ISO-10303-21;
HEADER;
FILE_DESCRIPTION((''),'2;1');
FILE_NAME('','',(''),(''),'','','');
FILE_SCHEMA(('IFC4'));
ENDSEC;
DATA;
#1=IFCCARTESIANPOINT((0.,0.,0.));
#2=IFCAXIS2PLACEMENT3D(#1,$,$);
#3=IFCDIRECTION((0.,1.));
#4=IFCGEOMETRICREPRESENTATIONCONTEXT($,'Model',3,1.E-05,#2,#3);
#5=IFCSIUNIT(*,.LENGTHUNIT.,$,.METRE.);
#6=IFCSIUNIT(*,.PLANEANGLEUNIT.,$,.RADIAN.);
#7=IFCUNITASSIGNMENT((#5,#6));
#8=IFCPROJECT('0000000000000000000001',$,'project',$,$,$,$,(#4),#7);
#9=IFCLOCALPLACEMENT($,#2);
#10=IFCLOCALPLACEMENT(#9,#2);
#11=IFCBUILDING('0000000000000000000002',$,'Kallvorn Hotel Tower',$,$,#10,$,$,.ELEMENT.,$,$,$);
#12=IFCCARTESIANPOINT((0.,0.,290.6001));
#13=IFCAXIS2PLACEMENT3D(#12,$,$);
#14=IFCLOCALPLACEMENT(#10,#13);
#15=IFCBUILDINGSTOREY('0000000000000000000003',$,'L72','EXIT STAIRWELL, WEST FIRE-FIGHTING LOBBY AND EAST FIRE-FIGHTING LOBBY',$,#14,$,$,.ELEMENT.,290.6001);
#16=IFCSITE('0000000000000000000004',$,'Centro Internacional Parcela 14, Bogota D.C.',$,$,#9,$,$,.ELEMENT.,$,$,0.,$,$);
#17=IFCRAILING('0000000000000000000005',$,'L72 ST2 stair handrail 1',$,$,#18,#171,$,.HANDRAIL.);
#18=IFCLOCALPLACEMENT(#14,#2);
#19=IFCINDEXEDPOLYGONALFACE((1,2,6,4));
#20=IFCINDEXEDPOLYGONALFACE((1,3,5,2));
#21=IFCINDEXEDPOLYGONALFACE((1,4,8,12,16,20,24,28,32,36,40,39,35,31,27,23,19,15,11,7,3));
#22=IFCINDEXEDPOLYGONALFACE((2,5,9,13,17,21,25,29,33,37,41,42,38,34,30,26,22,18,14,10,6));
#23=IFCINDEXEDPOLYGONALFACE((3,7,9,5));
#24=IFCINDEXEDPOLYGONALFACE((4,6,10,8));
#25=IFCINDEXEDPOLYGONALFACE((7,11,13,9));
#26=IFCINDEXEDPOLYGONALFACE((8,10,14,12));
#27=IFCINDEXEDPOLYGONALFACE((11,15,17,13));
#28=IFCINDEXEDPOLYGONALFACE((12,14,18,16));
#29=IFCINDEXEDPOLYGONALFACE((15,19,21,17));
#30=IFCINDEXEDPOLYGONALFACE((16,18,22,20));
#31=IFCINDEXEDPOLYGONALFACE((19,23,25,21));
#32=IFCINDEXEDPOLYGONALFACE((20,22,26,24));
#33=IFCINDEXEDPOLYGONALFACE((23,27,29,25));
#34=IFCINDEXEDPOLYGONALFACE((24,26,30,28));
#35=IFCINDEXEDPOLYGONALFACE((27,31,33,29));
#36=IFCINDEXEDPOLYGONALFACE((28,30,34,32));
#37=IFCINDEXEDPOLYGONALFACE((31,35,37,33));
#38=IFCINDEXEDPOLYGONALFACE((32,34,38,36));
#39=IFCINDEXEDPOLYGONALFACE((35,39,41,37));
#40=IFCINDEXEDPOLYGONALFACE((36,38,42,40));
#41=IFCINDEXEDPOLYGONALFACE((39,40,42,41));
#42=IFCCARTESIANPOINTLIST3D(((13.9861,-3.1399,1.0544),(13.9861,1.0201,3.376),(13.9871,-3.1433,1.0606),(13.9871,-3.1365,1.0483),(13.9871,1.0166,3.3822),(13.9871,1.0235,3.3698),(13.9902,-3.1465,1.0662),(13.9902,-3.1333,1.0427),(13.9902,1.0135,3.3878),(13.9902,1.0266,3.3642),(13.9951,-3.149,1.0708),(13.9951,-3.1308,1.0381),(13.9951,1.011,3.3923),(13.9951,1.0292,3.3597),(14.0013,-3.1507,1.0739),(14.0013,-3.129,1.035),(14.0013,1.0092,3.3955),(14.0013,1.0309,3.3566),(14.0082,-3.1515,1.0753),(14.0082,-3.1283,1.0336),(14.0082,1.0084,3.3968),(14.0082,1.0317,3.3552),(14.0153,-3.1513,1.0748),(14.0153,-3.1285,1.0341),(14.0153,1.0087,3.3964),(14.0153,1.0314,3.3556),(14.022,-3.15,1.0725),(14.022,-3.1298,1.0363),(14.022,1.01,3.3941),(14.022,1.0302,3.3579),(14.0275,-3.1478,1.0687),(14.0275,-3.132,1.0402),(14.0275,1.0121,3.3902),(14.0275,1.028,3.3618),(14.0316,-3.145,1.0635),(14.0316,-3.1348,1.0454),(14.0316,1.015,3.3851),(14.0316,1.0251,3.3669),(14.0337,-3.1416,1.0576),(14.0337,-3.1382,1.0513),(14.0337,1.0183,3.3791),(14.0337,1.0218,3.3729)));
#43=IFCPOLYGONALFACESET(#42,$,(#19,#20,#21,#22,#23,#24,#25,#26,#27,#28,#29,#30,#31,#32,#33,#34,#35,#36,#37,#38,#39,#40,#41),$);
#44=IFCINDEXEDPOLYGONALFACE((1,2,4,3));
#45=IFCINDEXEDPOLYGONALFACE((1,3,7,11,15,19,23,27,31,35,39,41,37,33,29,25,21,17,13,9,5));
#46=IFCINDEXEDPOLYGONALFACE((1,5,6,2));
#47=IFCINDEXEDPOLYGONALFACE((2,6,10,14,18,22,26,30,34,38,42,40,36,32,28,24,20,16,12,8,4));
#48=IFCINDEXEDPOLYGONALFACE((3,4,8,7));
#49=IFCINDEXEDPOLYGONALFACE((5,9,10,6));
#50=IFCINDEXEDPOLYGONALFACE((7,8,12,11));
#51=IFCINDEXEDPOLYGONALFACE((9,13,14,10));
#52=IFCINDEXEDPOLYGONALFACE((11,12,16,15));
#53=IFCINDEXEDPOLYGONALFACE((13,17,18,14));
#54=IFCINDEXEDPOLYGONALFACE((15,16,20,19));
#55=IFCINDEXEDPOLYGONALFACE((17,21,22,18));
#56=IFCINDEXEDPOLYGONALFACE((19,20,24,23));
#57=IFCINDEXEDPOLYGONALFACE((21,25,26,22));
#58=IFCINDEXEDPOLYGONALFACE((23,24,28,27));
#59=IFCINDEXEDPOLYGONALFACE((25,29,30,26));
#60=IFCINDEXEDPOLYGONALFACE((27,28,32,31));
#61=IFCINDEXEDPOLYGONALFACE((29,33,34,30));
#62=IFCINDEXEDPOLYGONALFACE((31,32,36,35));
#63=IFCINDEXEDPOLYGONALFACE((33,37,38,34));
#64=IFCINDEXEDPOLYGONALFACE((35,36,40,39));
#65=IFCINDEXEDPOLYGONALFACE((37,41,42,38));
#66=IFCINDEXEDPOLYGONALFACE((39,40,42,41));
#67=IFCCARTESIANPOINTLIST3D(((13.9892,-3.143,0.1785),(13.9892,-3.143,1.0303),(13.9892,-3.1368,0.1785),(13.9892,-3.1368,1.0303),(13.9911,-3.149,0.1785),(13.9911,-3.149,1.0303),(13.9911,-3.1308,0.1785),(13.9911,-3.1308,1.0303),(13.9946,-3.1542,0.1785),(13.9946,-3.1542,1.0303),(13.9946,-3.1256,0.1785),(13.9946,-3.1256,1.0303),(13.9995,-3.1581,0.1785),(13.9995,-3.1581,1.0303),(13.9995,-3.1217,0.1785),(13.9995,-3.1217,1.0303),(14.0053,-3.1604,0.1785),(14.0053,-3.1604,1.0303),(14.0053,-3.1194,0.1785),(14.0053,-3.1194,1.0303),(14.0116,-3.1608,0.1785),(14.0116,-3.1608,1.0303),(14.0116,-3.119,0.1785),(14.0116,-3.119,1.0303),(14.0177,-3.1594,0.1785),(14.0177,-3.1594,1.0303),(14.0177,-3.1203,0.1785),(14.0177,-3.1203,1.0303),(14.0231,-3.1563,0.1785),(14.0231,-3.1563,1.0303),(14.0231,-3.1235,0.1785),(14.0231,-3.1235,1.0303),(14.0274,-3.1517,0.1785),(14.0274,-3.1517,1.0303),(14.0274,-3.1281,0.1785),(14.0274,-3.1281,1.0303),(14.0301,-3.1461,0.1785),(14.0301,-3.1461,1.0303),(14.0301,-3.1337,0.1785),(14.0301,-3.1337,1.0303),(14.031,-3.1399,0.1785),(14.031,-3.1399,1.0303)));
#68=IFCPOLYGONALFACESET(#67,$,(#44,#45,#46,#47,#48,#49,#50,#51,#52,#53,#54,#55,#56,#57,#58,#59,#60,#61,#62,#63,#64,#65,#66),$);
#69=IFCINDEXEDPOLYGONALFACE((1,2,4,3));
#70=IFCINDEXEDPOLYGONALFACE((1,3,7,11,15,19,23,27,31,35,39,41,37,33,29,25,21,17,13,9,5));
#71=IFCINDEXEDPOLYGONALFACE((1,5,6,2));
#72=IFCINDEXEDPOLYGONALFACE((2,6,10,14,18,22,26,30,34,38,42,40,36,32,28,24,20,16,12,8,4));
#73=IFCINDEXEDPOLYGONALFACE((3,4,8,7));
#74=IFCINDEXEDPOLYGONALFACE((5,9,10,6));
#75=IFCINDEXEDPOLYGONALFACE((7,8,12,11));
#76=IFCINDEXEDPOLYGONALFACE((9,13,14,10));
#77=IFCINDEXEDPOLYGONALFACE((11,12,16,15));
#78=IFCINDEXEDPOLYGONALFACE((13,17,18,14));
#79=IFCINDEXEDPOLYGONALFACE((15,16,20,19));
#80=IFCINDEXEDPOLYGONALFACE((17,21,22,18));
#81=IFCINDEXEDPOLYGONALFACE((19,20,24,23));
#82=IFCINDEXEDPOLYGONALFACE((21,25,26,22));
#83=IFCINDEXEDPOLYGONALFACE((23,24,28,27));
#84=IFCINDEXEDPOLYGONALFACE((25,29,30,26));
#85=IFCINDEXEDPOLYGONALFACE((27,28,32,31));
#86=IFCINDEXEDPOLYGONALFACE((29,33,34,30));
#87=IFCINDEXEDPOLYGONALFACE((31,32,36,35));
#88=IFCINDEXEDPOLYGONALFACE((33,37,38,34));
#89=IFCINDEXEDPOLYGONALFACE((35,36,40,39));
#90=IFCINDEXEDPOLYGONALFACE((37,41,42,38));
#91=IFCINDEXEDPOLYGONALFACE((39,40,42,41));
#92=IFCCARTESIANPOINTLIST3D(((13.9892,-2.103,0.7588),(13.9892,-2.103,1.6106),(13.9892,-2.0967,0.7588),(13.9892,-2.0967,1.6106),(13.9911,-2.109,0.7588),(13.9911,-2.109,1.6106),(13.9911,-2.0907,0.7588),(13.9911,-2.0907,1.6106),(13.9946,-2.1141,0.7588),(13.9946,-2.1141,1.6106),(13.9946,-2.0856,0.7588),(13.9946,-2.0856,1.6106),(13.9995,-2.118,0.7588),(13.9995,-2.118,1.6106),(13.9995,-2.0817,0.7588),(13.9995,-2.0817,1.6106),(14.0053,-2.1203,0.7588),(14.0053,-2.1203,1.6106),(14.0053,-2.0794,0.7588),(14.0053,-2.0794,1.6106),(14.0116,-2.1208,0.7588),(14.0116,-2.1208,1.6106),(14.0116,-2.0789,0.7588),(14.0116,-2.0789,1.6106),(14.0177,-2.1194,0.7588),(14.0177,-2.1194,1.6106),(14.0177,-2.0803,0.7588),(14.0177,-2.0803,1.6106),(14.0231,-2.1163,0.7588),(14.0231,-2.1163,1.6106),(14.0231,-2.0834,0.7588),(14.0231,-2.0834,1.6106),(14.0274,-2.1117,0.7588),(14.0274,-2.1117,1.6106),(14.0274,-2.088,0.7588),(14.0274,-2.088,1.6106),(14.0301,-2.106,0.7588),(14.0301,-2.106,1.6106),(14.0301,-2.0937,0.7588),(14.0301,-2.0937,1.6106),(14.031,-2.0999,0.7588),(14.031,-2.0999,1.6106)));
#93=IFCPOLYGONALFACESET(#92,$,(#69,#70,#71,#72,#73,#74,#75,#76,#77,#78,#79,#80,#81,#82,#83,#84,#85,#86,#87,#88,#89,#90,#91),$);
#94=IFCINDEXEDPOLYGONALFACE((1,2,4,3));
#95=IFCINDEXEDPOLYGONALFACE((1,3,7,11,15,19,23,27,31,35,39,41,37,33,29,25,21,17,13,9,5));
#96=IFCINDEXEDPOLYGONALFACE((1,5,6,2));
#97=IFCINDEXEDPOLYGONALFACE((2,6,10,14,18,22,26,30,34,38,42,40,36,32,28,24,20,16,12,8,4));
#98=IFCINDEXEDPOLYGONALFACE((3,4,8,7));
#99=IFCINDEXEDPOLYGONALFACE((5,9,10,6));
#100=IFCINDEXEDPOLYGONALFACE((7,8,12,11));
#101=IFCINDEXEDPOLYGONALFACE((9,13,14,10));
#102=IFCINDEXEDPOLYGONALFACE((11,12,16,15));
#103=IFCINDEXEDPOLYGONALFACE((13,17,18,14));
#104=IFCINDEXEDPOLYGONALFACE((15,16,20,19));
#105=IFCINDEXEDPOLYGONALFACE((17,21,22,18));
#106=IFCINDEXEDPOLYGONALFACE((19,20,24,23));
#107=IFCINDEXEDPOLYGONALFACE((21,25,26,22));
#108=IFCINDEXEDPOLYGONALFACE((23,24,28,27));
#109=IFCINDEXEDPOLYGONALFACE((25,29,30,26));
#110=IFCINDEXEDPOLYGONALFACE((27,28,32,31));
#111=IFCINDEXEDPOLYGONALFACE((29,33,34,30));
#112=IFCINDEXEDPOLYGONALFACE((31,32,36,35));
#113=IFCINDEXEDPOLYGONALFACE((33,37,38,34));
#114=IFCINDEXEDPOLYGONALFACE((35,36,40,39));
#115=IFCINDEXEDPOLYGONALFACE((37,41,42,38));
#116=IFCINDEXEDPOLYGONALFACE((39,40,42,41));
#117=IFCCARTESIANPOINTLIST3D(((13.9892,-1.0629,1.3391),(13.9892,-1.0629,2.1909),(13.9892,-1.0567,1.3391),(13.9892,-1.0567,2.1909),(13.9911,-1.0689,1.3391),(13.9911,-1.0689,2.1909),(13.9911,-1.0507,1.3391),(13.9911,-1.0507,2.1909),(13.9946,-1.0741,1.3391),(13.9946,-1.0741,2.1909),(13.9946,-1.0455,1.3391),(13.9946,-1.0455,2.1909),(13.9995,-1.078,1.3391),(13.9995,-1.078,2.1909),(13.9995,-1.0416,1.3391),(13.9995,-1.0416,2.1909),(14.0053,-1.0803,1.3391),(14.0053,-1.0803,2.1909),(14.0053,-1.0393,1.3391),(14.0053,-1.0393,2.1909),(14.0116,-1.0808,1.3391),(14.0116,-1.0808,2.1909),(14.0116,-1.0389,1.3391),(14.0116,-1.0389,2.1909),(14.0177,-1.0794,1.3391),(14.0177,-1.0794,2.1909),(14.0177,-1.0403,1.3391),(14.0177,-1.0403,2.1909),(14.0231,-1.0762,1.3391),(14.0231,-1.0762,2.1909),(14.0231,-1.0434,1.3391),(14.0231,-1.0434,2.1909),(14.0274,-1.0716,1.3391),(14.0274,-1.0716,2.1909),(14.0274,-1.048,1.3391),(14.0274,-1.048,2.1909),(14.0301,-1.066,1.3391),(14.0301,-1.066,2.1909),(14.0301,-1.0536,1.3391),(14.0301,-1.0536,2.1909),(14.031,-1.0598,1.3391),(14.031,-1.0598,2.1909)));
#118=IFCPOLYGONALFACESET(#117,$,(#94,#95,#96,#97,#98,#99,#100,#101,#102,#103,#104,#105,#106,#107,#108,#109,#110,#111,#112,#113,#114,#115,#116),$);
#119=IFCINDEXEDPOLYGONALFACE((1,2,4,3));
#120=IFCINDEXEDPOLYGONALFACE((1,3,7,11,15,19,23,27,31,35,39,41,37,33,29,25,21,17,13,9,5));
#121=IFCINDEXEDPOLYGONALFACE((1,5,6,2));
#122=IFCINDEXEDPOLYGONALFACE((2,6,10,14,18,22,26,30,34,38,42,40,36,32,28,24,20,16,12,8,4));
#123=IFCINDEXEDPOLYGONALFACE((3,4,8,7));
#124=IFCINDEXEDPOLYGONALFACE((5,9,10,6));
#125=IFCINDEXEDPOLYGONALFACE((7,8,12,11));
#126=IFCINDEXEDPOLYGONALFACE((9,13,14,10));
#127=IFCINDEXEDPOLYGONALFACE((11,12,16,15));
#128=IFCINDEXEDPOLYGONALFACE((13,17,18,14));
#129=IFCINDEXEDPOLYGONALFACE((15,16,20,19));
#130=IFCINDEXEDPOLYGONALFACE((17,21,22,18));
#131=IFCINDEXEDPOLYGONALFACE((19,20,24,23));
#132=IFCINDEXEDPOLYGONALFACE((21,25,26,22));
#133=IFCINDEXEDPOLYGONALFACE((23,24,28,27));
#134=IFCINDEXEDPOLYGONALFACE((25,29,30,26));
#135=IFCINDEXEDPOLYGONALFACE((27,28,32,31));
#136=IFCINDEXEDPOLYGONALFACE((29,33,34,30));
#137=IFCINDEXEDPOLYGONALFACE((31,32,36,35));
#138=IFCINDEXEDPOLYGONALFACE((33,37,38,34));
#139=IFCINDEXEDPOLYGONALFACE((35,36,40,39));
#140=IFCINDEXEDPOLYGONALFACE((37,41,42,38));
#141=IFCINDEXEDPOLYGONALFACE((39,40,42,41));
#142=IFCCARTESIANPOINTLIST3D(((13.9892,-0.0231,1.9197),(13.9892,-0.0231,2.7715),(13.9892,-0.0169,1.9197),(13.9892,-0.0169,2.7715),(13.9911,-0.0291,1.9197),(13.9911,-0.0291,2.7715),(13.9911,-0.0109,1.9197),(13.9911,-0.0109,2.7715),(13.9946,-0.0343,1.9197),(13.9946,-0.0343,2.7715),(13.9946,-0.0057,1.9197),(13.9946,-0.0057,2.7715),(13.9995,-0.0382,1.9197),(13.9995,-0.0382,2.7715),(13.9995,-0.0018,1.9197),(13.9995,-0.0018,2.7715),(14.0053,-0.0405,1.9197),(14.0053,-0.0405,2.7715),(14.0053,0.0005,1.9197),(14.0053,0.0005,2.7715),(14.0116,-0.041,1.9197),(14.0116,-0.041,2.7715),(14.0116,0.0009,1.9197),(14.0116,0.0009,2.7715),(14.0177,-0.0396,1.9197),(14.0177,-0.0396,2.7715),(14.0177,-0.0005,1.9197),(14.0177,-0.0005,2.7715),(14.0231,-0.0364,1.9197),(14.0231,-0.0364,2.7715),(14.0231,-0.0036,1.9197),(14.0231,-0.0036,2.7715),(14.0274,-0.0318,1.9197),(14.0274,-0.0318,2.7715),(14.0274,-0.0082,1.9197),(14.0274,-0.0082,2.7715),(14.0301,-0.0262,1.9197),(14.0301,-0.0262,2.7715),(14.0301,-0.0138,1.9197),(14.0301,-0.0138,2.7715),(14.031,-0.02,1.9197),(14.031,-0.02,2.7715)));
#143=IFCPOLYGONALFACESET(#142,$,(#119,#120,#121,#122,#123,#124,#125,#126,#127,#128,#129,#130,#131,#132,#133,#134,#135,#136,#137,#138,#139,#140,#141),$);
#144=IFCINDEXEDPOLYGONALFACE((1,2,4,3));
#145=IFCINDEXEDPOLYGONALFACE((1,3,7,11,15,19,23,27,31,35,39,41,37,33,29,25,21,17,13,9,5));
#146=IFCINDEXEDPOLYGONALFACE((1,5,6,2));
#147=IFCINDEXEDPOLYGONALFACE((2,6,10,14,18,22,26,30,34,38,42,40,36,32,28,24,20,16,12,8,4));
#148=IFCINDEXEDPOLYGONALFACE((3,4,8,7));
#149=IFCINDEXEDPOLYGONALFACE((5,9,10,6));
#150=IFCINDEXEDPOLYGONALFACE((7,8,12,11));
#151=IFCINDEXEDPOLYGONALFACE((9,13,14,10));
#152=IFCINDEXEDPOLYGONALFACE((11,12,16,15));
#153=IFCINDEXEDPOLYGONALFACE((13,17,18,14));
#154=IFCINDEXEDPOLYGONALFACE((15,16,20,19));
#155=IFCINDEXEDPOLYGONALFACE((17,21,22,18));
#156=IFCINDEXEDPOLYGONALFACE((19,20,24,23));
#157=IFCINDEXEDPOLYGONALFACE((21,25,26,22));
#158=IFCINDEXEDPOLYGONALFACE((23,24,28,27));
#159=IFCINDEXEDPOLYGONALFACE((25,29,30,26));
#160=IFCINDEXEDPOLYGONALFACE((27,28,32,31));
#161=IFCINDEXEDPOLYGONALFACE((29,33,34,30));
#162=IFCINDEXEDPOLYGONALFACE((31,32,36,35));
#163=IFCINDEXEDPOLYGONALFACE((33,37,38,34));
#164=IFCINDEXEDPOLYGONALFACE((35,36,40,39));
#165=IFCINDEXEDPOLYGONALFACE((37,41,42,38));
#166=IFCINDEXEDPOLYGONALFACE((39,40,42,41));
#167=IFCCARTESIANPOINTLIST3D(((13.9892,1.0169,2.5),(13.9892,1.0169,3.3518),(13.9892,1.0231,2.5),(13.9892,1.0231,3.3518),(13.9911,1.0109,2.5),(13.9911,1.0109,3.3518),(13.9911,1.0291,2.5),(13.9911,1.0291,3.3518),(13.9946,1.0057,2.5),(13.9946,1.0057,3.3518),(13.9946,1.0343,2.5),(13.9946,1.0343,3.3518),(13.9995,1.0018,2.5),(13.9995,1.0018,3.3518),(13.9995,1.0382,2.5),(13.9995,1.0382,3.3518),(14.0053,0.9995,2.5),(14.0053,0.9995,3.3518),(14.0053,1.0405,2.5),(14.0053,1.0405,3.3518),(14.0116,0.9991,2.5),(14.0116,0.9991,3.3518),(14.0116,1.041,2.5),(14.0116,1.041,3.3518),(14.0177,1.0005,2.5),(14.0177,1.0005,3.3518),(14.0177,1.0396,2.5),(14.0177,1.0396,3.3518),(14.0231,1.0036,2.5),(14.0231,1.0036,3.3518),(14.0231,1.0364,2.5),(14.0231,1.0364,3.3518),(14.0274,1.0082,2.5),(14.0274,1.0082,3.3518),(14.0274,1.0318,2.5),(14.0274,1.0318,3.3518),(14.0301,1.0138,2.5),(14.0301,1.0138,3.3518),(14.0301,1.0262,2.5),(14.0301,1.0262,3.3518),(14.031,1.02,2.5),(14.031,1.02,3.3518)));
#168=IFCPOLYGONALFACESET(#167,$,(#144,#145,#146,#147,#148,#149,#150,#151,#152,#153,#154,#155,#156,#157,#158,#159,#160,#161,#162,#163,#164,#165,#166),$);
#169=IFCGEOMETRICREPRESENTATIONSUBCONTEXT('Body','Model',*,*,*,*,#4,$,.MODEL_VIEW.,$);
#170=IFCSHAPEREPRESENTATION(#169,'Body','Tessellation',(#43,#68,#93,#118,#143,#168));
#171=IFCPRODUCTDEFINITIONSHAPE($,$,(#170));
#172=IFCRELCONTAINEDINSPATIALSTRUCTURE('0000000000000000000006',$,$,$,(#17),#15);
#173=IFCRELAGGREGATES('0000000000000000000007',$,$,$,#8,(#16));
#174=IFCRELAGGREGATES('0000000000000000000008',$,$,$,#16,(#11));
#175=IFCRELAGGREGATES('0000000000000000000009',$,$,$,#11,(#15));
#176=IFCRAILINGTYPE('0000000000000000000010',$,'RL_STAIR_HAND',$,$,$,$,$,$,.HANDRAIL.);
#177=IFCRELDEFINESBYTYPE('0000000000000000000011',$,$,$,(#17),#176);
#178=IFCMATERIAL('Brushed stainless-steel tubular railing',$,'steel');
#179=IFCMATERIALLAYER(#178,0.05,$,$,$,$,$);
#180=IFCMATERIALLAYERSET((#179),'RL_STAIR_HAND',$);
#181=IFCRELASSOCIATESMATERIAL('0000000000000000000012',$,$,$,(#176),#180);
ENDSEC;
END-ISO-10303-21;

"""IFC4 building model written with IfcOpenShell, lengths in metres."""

from ifc_helpers import new_model, si_unit, direction, frame, origin, origin_2d, place, context, subcontext, project, spatial, circle, extrude, material, layer, layer_set, type_object, element, save


model = new_model("IFC4")

# Units and contexts
model_context = context("Model", 3, precision=1e-05, world=origin(), true_north=direction((0.0, 1.0)))
body_context = subcontext(model_context, "Body", "Model", "MODEL_VIEW")
ifc_project = project(units=[si_unit("LENGTHUNIT", "METRE"), si_unit("PLANEANGLEUNIT", "RADIAN")], contexts=[model_context])

# Site, building, storey
site_placement = place(None, origin())
site = spatial("IfcSite", under=ifc_project, at=site_placement, Name="Centro Internacional Parcela 14, Bogota D.C.", CompositionType="ELEMENT", RefElevation=0.0)
building_placement = place(site_placement, origin())
building = spatial("IfcBuilding", under=site, at=building_placement, Name="Kallvorn Hotel Tower", CompositionType="ELEMENT")
storey_placement = place(building_placement, frame((0.0, 0.0, 290.6001)))
storey = spatial("IfcBuildingStorey", under=building, at=storey_placement, Name="L72", Description="EXIT STAIRWELL, WEST FIRE-FIGHTING LOBBY AND EAST FIRE-FIGHTING LOBBY", CompositionType="ELEMENT", Elevation=290.6001)

# Railing
ifc_material_1 = material(Name="Brushed stainless-steel tubular railing", Category="steel")
ifc_layer_1 = layer(ifc_material_1, 0.05)
ifc_layer_set_1 = layer_set([ifc_layer_1], Name="RL_STAIR_HAND")
railing_type_1 = type_object("IfcRailingType", Name="RL_STAIR_HAND", PredefinedType="HANDRAIL", material=ifc_layer_set_1)
railing_1_placement = place(storey_placement, frame((14.01, -3.1399, 0.1785)))
element("IfcRailing", 1, at=railing_1_placement, inside=storey, type_object=railing_type_1, Name="L72 ST2 stair handrail 1", PredefinedType="HANDRAIL", context=body_context, shape_type="SweptSolid", body=[
    extrude(circle(Radius=0.0239, at=origin_2d()), frame((0.0, 0.0, 0.876), z_axis=(0.0, 0.873223, 0.487322), x_axis=(-1.0, 0.0, 0.0)), (0.0, 0.0, 1.0), 4.7639),
    extrude(circle(Radius=0.021, at=origin_2d()), origin(), (0.0, 0.0, 1.0), 0.8518),
    extrude(circle(Radius=0.021, at=origin_2d()), frame((0.0, 1.04, 0.5803)), (0.0, 0.0, 1.0), 0.8518),
    extrude(circle(Radius=0.021, at=origin_2d()), frame((0.0, 2.0801, 1.1606)), (0.0, 0.0, 1.0), 0.8518),
    extrude(circle(Radius=0.021, at=origin_2d()), frame((0.0, 3.1199, 1.7412)), (0.0, 0.0, 1.0), 0.8518),
    extrude(circle(Radius=0.021, at=origin_2d()), frame((0.0, 4.1599, 2.3215)), (0.0, 0.0, 1.0), 0.8518),
])

save(model, "model.ifc")
